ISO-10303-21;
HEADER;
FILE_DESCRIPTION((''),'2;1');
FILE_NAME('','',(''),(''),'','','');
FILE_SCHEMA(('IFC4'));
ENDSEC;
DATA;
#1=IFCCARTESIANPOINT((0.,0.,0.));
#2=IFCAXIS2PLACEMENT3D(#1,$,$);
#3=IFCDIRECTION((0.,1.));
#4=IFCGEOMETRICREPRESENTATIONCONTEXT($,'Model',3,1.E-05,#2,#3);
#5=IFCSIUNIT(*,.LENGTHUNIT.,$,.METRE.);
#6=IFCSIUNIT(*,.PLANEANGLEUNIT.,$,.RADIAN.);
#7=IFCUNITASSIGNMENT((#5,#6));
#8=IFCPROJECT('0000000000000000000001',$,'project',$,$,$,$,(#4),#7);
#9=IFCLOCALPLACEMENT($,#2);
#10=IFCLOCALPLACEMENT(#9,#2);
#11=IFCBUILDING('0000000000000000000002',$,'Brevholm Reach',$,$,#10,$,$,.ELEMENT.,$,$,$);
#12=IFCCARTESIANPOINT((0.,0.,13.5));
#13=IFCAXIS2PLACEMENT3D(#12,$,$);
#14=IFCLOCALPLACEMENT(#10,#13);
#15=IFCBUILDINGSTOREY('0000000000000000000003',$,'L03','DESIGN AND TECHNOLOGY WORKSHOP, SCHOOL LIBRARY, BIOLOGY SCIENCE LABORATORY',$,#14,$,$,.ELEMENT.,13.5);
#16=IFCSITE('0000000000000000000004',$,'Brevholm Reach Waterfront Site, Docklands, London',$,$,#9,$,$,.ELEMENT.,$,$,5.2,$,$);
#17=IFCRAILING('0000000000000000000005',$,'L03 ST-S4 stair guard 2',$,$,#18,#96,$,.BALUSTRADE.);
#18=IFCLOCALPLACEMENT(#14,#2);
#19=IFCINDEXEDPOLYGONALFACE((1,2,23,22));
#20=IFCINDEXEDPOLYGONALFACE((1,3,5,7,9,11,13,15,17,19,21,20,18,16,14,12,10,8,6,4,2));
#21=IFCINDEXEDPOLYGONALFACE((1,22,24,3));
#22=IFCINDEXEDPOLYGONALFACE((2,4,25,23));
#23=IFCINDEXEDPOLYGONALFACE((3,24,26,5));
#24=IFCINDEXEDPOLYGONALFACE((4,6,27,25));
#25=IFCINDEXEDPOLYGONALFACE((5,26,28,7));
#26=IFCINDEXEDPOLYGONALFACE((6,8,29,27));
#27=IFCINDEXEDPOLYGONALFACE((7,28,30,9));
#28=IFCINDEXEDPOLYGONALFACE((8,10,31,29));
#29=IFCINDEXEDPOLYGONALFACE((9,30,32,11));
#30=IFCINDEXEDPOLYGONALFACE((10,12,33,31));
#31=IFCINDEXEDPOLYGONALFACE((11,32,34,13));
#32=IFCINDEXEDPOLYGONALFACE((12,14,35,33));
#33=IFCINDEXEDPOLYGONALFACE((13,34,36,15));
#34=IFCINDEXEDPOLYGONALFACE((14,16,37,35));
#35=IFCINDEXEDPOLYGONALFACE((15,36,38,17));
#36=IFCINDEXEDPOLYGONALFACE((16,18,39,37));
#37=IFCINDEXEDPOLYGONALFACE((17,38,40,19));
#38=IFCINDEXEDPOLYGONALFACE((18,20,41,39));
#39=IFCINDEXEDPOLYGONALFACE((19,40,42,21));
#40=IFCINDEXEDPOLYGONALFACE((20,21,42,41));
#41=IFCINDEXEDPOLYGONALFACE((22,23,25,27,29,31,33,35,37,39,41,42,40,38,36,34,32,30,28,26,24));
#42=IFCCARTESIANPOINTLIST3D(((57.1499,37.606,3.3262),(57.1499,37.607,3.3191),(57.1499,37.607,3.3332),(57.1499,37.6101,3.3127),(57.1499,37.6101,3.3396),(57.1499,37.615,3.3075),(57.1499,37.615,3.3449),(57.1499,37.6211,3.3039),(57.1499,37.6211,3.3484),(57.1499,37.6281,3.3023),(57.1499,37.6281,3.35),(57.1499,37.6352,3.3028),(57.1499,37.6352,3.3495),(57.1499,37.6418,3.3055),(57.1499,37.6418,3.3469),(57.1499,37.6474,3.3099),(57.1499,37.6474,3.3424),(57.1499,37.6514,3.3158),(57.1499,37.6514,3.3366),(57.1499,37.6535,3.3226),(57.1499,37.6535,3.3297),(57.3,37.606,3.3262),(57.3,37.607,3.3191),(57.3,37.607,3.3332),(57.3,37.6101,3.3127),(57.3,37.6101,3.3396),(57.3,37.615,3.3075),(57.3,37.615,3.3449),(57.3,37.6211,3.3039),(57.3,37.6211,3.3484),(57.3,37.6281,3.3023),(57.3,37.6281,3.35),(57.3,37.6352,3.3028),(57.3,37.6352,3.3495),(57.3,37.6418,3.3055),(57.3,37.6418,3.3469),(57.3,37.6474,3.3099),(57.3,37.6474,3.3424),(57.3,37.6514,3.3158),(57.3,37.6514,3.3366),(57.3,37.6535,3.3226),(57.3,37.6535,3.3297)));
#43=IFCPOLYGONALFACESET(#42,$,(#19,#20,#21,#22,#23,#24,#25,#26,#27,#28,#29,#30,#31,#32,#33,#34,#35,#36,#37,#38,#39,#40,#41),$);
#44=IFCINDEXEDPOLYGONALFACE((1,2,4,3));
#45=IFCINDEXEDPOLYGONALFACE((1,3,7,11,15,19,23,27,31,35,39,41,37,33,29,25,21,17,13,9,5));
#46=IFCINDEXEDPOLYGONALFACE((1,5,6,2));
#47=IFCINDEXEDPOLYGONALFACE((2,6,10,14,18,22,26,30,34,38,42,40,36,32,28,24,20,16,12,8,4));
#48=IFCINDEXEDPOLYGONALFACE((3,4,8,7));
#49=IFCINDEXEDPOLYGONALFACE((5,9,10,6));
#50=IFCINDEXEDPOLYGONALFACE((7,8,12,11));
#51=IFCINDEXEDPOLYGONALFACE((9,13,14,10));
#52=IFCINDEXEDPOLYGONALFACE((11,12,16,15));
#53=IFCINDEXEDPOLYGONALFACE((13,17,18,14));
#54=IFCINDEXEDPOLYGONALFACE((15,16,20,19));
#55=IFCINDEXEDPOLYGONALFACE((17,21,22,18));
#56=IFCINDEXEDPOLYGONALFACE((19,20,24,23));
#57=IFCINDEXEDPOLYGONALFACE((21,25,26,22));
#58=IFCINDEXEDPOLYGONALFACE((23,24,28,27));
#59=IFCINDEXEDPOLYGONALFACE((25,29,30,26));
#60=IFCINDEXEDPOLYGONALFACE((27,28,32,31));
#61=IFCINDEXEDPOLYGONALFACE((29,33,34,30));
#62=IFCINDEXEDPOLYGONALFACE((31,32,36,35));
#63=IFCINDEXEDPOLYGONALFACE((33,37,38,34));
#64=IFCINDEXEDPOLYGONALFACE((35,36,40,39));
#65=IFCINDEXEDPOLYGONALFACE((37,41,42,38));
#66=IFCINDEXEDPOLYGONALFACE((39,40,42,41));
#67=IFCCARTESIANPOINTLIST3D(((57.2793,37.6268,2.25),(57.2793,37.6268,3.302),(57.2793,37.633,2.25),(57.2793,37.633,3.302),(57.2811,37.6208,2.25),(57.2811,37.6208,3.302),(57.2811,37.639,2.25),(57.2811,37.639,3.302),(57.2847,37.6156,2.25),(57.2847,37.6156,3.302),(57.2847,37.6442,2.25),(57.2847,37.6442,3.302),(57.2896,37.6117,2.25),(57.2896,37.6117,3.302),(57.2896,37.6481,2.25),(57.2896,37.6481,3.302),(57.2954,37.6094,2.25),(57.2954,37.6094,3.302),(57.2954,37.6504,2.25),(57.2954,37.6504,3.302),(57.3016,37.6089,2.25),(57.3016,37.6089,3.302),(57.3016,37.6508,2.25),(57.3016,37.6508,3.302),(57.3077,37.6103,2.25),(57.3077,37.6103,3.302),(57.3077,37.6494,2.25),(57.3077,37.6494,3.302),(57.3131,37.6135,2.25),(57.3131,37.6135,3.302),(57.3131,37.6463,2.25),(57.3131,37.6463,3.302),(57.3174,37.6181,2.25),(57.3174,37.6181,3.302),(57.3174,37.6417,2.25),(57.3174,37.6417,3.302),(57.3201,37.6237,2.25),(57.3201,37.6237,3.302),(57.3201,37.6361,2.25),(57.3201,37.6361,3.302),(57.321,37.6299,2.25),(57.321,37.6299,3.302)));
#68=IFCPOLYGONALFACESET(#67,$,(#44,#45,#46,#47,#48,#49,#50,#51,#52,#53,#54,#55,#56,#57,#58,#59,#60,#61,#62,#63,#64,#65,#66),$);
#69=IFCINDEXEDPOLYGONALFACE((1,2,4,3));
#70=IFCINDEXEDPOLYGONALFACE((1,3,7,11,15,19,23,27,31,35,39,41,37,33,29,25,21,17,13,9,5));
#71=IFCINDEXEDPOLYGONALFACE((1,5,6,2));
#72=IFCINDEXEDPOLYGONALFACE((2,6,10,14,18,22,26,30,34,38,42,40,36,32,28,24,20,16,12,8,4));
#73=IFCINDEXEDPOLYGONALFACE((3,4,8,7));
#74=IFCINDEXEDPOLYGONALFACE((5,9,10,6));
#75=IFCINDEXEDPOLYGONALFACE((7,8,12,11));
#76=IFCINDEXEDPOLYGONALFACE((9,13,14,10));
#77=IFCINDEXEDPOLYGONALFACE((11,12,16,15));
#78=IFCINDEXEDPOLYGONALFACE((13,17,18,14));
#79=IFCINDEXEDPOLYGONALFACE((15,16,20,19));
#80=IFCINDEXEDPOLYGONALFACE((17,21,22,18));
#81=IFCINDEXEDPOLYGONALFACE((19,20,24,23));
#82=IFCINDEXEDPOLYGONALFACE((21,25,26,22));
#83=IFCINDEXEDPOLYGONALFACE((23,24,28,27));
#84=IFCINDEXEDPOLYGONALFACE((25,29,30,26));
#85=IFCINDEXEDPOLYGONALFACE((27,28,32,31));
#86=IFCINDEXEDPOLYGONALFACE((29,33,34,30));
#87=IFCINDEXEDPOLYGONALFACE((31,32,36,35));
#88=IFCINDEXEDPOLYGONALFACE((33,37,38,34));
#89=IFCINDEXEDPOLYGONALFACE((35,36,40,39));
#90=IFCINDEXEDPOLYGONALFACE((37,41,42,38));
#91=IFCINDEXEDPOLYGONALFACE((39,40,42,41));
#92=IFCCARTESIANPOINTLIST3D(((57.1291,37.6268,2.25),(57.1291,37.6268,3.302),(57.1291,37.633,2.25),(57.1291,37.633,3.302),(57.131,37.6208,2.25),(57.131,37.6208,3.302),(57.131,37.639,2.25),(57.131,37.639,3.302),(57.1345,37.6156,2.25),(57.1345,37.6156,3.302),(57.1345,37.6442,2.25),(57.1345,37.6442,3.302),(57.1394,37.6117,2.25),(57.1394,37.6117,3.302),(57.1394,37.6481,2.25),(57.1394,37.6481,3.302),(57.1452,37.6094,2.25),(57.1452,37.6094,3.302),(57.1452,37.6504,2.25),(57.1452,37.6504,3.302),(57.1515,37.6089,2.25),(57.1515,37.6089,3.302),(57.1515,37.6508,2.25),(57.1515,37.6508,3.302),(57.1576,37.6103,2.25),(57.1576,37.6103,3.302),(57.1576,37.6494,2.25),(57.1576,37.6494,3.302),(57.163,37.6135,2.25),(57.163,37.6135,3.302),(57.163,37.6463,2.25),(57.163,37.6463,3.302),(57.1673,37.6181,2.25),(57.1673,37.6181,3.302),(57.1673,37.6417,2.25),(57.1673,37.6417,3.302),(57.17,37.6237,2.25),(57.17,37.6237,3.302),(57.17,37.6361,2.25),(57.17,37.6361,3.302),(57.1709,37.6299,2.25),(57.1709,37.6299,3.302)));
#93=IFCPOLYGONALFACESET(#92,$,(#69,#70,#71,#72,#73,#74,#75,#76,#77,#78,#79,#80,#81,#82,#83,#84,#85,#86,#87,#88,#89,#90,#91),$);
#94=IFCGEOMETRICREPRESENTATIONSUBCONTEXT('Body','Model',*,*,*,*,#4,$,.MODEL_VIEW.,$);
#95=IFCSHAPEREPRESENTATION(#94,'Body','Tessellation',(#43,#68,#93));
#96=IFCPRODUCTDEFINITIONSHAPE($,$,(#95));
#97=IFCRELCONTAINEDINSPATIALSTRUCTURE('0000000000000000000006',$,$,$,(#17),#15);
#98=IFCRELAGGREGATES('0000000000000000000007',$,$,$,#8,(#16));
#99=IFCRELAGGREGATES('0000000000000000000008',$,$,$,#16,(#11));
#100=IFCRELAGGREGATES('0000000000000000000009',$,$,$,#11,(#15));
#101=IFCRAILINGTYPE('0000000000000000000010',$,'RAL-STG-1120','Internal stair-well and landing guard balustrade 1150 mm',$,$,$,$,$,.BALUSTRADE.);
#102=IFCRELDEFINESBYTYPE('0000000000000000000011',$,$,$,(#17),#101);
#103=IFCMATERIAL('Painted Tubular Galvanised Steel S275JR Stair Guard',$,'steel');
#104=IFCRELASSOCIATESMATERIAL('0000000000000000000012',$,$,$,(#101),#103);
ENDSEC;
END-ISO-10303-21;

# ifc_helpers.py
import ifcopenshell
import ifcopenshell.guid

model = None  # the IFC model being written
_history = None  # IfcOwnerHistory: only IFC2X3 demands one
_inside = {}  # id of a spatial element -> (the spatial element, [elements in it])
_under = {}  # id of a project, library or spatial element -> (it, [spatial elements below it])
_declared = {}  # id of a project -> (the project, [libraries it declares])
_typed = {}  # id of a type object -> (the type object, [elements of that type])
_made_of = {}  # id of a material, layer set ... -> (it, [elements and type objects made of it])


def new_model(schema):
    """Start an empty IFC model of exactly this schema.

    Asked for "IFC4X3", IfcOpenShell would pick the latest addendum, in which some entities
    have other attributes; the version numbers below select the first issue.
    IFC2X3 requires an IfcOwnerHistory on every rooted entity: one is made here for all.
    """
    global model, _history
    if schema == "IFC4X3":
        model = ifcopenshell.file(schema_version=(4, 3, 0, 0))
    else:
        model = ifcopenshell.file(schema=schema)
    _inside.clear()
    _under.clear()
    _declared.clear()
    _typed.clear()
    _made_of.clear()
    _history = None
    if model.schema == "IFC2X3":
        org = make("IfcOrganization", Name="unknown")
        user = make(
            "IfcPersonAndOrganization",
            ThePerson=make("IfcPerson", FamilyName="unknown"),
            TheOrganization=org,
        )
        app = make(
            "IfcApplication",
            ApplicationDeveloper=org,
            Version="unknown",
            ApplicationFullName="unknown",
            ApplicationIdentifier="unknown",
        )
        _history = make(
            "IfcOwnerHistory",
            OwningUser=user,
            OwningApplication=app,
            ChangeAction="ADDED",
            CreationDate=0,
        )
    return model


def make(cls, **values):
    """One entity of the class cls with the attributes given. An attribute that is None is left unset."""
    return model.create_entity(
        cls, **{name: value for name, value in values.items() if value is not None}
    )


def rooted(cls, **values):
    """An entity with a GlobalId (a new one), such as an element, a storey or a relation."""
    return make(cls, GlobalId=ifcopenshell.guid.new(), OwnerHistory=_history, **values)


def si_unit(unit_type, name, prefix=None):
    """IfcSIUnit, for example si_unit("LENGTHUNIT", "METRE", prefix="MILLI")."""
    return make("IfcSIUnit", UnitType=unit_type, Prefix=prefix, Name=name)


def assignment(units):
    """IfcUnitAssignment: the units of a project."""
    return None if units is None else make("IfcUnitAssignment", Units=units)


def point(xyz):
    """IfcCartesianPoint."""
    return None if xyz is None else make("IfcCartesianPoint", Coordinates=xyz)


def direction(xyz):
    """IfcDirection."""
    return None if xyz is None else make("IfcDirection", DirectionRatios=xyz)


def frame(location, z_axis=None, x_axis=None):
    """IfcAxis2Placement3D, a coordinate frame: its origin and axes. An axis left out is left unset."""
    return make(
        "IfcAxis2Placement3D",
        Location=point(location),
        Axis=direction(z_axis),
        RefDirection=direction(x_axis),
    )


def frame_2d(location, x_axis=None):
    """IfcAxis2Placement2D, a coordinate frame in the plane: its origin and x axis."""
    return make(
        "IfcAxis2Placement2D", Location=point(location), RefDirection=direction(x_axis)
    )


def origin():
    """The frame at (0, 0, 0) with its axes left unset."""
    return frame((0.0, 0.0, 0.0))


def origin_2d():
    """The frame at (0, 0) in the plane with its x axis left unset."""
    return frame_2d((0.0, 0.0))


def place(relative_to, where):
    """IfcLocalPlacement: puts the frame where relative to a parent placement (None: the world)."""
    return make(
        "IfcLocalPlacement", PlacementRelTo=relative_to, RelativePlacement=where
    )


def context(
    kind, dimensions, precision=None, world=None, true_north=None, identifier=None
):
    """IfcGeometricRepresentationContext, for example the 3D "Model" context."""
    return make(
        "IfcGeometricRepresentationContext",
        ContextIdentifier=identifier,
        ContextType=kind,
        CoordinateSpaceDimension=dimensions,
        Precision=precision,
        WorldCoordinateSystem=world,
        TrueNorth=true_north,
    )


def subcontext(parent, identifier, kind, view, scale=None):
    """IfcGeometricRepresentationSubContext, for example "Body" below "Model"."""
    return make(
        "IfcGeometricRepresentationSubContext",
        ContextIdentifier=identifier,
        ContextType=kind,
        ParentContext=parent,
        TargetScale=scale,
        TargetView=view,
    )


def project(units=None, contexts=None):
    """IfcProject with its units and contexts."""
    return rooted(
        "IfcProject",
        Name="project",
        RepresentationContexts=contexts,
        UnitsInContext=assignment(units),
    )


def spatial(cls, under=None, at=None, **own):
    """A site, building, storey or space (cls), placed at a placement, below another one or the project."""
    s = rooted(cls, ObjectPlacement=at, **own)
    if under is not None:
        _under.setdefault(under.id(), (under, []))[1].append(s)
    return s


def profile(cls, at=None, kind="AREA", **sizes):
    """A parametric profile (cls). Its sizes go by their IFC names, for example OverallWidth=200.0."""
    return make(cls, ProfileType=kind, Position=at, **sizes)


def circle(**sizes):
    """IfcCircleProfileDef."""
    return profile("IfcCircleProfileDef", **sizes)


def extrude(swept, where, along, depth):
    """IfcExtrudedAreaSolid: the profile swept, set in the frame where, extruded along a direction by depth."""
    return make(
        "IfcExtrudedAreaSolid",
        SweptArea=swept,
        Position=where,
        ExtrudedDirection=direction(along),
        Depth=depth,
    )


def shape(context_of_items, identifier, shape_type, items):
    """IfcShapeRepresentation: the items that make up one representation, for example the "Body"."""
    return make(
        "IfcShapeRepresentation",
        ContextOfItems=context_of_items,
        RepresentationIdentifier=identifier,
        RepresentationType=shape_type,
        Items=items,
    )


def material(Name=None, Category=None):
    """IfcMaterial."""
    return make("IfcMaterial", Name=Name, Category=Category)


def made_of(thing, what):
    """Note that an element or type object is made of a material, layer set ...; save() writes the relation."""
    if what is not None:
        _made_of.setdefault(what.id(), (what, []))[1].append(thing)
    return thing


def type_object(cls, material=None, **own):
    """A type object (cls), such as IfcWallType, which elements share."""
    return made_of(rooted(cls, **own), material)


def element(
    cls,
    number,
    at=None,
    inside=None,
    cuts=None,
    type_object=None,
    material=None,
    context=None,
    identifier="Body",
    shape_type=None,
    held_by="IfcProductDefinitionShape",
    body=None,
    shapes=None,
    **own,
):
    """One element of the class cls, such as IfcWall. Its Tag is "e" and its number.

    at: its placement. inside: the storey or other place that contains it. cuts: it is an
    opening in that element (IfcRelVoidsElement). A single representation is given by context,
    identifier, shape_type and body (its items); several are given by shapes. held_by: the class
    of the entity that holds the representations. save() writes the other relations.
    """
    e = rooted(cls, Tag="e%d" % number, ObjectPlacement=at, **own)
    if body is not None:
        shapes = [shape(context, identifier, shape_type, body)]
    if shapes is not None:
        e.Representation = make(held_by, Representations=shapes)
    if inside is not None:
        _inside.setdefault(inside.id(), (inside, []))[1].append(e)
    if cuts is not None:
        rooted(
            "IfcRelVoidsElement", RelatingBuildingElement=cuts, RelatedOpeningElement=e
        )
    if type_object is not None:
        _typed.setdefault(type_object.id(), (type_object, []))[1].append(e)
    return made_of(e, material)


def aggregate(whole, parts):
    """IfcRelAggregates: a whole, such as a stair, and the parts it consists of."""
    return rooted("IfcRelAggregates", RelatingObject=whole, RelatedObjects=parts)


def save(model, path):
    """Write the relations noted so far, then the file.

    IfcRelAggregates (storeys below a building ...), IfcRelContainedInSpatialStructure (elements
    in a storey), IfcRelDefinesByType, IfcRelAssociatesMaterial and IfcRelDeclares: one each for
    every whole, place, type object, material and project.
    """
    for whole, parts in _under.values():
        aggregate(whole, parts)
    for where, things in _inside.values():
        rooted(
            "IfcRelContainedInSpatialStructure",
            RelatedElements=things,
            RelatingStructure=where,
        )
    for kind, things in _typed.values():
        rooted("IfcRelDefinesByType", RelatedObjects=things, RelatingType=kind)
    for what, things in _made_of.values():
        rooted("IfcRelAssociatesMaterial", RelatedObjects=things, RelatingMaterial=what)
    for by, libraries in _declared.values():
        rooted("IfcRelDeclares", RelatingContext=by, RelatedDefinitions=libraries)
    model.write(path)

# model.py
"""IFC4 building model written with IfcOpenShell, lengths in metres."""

from ifc_helpers import new_model, si_unit, direction, frame, origin, origin_2d, place, context, subcontext, project, spatial, circle, extrude, material, type_object, element, save


model = new_model("IFC4")

# Units and contexts
model_context = context("Model", 3, precision=1e-05, world=origin(), true_north=direction((0.0, 1.0)))
body_context = subcontext(model_context, "Body", "Model", "MODEL_VIEW")
ifc_project = project(units=[si_unit("LENGTHUNIT", "METRE"), si_unit("PLANEANGLEUNIT", "RADIAN")], contexts=[model_context])

# Site, building, storey
site_placement = place(None, origin())
site = spatial("IfcSite", under=ifc_project, at=site_placement, Name="Brevholm Reach Waterfront Site, Docklands, London", CompositionType="ELEMENT", RefElevation=5.2)
building_placement = place(site_placement, origin())
building = spatial("IfcBuilding", under=site, at=building_placement, Name="Brevholm Reach", CompositionType="ELEMENT")
storey_placement = place(building_placement, frame((0.0, 0.0, 13.5)))
storey = spatial("IfcBuildingStorey", under=building, at=storey_placement, Name="L03", Description="DESIGN AND TECHNOLOGY WORKSHOP, SCHOOL LIBRARY, BIOLOGY SCIENCE LABORATORY", CompositionType="ELEMENT", Elevation=13.5)

# Railing
ifc_material_1 = material(Name="Painted Tubular Galvanised Steel S275JR Stair Guard", Category="steel")
railing_type_1 = type_object("IfcRailingType", Name="RAL-STG-1120", Description="Internal stair-well and landing guard balustrade 1150 mm", PredefinedType="BALUSTRADE", material=ifc_material_1)
railing_1_placement = place(storey_placement, frame((57.3, 37.6299, 2.25)))
element("IfcRailing", 1, at=railing_1_placement, inside=storey, type_object=railing_type_1, Name="L03 ST-S4 stair guard 2", PredefinedType="BALUSTRADE", context=body_context, shape_type="SweptSolid", body=[
    extrude(circle(Radius=0.0239, at=origin_2d()), frame((0.0, 0.0, 1.0762), z_axis=(-1.0, 0.0, 0.0), x_axis=(0.0, -1.0, 0.0)), (0.0, 0.0, 1.0), 0.1501),
    extrude(circle(Radius=0.021, at=origin_2d()), origin(), (0.0, 0.0, 1.0), 1.052),
    extrude(circle(Radius=0.021, at=origin_2d()), frame((-0.1501, 0.0, 0.0)), (0.0, 0.0, 1.0), 1.052),
])

save(model, "model.ifc")
